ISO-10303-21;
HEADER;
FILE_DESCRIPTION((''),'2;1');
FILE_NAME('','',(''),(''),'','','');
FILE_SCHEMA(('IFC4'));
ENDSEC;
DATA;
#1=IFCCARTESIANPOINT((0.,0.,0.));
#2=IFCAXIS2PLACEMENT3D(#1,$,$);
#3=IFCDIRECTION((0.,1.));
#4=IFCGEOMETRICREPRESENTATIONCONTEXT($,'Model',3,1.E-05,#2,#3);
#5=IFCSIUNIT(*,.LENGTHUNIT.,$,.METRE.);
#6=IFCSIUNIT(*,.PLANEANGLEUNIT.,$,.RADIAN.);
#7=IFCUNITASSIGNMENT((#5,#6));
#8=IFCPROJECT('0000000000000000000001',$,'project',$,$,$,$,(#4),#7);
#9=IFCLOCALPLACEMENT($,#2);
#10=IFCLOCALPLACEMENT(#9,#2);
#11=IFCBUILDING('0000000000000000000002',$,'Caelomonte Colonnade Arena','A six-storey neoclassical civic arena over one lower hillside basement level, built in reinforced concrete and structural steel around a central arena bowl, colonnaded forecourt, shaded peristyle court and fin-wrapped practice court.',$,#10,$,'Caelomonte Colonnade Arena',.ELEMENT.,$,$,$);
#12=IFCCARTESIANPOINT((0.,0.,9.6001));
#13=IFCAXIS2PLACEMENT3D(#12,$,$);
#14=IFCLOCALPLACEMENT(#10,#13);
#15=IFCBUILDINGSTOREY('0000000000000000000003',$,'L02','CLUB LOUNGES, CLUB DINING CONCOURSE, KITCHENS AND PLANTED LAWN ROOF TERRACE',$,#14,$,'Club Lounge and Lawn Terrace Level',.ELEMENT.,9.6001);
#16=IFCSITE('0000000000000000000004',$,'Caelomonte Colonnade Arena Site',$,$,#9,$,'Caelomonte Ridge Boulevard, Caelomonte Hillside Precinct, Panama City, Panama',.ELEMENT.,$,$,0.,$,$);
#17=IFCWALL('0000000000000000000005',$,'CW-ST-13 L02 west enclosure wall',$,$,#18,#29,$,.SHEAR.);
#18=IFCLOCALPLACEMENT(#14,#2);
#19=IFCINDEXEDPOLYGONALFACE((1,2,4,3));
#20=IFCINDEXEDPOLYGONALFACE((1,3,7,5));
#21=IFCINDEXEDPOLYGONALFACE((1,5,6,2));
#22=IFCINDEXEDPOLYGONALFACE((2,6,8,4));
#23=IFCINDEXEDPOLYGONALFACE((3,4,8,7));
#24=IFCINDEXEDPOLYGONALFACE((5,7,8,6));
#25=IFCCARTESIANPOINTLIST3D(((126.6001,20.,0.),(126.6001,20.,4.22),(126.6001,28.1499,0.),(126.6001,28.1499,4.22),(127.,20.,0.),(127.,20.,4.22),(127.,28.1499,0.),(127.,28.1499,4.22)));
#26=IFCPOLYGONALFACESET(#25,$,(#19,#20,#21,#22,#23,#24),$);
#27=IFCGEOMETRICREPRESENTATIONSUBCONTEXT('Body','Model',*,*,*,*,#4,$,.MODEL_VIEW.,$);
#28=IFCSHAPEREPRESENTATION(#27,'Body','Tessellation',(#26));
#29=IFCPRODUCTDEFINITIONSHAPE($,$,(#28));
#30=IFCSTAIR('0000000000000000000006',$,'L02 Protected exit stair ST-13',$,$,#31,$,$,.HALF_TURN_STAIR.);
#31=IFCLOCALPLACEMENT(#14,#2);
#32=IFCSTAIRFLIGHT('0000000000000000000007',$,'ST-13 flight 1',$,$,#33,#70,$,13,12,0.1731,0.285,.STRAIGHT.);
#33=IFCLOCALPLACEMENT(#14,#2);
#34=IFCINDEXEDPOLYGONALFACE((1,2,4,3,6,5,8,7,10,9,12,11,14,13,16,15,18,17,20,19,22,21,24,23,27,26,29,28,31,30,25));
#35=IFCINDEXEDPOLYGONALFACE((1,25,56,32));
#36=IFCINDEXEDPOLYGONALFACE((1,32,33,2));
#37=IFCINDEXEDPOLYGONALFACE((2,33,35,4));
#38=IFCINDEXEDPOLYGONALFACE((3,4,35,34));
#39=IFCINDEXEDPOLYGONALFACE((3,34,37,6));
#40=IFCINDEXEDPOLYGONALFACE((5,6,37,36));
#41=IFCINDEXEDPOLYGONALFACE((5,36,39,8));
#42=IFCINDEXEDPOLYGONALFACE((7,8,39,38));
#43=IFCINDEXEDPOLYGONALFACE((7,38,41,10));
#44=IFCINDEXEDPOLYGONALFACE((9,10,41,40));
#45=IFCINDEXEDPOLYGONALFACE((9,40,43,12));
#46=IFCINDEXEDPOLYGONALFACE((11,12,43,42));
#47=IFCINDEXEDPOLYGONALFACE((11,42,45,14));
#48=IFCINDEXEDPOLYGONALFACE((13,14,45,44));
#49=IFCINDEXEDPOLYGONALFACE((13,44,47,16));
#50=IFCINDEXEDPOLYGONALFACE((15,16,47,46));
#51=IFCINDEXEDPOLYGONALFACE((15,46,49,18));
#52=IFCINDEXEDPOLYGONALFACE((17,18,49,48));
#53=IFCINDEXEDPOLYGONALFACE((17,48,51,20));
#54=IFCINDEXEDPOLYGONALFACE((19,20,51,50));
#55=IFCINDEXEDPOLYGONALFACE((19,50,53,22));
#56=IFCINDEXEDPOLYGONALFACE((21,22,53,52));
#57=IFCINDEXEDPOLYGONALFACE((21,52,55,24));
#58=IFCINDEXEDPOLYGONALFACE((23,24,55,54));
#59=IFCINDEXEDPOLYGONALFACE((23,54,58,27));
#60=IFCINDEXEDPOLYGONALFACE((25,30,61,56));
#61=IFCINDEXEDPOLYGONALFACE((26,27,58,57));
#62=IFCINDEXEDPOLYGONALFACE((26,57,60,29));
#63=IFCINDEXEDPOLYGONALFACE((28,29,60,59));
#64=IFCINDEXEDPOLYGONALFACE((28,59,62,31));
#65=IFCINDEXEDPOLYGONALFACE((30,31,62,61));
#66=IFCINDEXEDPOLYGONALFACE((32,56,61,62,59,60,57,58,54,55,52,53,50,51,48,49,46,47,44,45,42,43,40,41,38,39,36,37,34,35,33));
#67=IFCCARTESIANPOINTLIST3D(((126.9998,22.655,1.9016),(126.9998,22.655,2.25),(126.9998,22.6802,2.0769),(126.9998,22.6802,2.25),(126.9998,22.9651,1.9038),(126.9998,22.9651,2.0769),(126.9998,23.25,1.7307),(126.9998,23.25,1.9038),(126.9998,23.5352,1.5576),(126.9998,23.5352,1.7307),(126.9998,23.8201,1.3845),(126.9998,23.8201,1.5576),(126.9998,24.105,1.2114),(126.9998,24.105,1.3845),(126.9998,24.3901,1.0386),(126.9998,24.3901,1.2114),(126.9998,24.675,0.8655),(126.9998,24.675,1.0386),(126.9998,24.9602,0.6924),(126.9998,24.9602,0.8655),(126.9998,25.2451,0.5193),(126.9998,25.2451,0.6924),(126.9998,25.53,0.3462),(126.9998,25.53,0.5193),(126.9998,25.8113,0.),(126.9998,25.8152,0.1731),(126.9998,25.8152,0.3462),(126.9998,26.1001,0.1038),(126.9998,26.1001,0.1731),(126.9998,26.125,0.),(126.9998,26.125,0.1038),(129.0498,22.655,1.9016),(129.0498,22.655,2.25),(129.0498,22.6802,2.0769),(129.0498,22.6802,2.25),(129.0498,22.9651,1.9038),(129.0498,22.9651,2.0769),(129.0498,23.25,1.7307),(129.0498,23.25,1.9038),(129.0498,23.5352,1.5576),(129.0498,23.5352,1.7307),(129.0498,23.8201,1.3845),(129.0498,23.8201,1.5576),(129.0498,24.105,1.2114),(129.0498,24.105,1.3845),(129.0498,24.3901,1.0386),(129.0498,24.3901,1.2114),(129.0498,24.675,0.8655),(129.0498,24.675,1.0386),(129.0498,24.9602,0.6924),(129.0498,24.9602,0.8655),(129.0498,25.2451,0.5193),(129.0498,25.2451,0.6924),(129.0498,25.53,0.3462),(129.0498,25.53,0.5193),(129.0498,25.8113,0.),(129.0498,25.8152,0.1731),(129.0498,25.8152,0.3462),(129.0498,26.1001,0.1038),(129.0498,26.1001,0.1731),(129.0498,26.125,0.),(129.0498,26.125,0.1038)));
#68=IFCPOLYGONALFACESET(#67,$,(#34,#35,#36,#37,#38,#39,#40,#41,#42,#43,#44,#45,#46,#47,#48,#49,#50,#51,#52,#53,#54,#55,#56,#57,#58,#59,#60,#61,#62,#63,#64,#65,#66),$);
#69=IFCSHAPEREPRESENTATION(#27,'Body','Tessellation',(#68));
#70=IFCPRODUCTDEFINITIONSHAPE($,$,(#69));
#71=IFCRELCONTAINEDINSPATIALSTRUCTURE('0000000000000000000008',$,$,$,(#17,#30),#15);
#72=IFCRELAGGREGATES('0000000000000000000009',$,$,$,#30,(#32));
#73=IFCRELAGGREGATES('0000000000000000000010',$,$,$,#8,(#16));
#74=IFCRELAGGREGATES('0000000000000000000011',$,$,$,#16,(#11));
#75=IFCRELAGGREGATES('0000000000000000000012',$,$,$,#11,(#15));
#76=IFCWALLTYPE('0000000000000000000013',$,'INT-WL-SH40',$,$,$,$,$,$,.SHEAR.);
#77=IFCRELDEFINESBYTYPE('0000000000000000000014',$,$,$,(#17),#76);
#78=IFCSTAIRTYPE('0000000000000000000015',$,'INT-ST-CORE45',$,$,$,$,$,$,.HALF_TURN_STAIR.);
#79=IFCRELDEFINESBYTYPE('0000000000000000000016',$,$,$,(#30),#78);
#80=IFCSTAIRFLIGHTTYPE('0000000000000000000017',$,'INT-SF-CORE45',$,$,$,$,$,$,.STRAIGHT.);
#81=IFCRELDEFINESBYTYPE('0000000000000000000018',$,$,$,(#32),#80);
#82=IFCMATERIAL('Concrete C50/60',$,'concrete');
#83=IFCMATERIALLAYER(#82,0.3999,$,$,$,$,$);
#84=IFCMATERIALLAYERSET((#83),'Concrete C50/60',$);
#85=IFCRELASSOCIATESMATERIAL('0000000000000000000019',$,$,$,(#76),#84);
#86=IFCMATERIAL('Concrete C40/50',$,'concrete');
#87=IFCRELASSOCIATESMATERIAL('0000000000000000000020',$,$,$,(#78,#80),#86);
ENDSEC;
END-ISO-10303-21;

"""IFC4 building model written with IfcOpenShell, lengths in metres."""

from ifc_helpers import new_model, si_unit, direction, frame, frame_2d, origin, place, context, subcontext, project, spatial, polyline, rectangle, outline, extrude, material, layer, layer_set, type_object, element, aggregate, save


model = new_model("IFC4")

# Units and contexts
model_context = context("Model", 3, precision=1e-05, world=origin(), true_north=direction((0.0, 1.0)))
body_context = subcontext(model_context, "Body", "Model", "MODEL_VIEW")
ifc_project = project(units=[si_unit("LENGTHUNIT", "METRE"), si_unit("PLANEANGLEUNIT", "RADIAN")], contexts=[model_context])

# Site, building, storey
site_placement = place(None, origin())
site = spatial("IfcSite", under=ifc_project, at=site_placement, Name="Caelomonte Colonnade Arena Site", LongName="Caelomonte Ridge Boulevard, Caelomonte Hillside Precinct, Panama City, Panama", CompositionType="ELEMENT", RefElevation=0.0)
building_placement = place(site_placement, origin())
building = spatial("IfcBuilding", under=site, at=building_placement, Name="Caelomonte Colonnade Arena", Description="A six-storey neoclassical civic arena over one lower hillside basement level, built in reinforced concrete and structural steel around a central arena bowl, colonnaded forecourt, shaded peristyle court and fin-wrapped practice court.", LongName="Caelomonte Colonnade Arena", CompositionType="ELEMENT")
storey_placement = place(building_placement, frame((0.0, 0.0, 9.6001)))
storey = spatial("IfcBuildingStorey", under=building, at=storey_placement, Name="L02", Description="CLUB LOUNGES, CLUB DINING CONCOURSE, KITCHENS AND PLANTED LAWN ROOF TERRACE", LongName="Club Lounge and Lawn Terrace Level", CompositionType="ELEMENT", Elevation=9.6001)

# Shared definitions
ifc_material_1 = material(Name="Concrete C50/60", Category="concrete")

# Wall
ifc_layer_1 = layer(ifc_material_1, 0.3999)
ifc_layer_set_1 = layer_set([ifc_layer_1], Name="Concrete C50/60")
wall_type_1 = type_object("IfcWallType", Name="INT-WL-SH40", PredefinedType="SHEAR", material=ifc_layer_set_1)
wall_1_placement = place(storey_placement, frame((126.8, 28.1499, 0.0), z_axis=(0.0, 0.0, 1.0), x_axis=(0.0, -1.0, 0.0)))
element("IfcWall", 1, at=wall_1_placement, inside=storey, type_object=wall_type_1, Name="CW-ST-13 L02 west enclosure wall", PredefinedType="SHEAR", context=body_context, shape_type="SweptSolid", body=[
    extrude(rectangle(XDim=8.1499, YDim=0.3999, at=frame_2d((4.075, 0.0))), origin(), (0.0, 0.0, 1.0), 4.22),
])

# Stair, stair flight
ifc_material_2 = material(Name="Concrete C40/50", Category="concrete")
stair_type = type_object("IfcStairType", Name="INT-ST-CORE45", PredefinedType="HALF_TURN_STAIR", material=ifc_material_2)
stair_placement = place(storey_placement, origin())
stair = element("IfcStair", 2, at=stair_placement, inside=storey, type_object=stair_type, Name="L02 Protected exit stair ST-13", PredefinedType="HALF_TURN_STAIR")
stair_flight_type = type_object("IfcStairFlightType", Name="INT-SF-CORE45", PredefinedType="STRAIGHT", material=ifc_material_2)
stair_flight_placement = place(storey_placement, frame((128.0249, 26.1001, 0.0), z_axis=(0.0, 0.0, 1.0), x_axis=(0.0, -1.0, 0.0)))
stair_flight = element("IfcStairFlight", 3, at=stair_flight_placement, type_object=stair_flight_type, Name="ST-13 flight 1", NumberOfRisers=13, NumberOfTreads=12, PredefinedType="STRAIGHT", RiserHeight=0.1731, TreadLength=0.285, context=body_context, shape_type="SweptSolid", body=[
    extrude(outline(polyline([(-0.0249, 0.0), (-0.0249, 0.1038), (0.0, 0.1038), (0.0, 0.1731), (0.2849, 0.1731), (0.2849, 0.3462), (0.5701, 0.3462), (0.5701, 0.5193), (0.855, 0.5193), (0.855, 0.6924), (1.1399, 0.6924), (1.1399, 0.8655), (1.425, 0.8655), (1.425, 1.0386), (1.71, 1.0386), (1.71, 1.2114), (1.9951, 1.2114), (1.9951, 1.3845), (2.28, 1.3845), (2.28, 1.5576), (2.5649, 1.5576), (2.5649, 1.7307), (2.8501, 1.7307), (2.8501, 1.9038), (3.135, 1.9038), (3.135, 2.0769), (3.4199, 2.0769), (3.4199, 2.25), (3.4451, 2.25), (3.4451, 1.9016), (0.2888, 0.0), (-0.0249, 0.0)])), frame((0.0, 1.0249, 0.0), z_axis=(0.0, -1.0, 0.0), x_axis=(1.0, 0.0, 0.0)), (0.0, 0.0, 1.0), 2.05),
])
aggregate(stair, [stair_flight])

save(model, "model.ifc")
